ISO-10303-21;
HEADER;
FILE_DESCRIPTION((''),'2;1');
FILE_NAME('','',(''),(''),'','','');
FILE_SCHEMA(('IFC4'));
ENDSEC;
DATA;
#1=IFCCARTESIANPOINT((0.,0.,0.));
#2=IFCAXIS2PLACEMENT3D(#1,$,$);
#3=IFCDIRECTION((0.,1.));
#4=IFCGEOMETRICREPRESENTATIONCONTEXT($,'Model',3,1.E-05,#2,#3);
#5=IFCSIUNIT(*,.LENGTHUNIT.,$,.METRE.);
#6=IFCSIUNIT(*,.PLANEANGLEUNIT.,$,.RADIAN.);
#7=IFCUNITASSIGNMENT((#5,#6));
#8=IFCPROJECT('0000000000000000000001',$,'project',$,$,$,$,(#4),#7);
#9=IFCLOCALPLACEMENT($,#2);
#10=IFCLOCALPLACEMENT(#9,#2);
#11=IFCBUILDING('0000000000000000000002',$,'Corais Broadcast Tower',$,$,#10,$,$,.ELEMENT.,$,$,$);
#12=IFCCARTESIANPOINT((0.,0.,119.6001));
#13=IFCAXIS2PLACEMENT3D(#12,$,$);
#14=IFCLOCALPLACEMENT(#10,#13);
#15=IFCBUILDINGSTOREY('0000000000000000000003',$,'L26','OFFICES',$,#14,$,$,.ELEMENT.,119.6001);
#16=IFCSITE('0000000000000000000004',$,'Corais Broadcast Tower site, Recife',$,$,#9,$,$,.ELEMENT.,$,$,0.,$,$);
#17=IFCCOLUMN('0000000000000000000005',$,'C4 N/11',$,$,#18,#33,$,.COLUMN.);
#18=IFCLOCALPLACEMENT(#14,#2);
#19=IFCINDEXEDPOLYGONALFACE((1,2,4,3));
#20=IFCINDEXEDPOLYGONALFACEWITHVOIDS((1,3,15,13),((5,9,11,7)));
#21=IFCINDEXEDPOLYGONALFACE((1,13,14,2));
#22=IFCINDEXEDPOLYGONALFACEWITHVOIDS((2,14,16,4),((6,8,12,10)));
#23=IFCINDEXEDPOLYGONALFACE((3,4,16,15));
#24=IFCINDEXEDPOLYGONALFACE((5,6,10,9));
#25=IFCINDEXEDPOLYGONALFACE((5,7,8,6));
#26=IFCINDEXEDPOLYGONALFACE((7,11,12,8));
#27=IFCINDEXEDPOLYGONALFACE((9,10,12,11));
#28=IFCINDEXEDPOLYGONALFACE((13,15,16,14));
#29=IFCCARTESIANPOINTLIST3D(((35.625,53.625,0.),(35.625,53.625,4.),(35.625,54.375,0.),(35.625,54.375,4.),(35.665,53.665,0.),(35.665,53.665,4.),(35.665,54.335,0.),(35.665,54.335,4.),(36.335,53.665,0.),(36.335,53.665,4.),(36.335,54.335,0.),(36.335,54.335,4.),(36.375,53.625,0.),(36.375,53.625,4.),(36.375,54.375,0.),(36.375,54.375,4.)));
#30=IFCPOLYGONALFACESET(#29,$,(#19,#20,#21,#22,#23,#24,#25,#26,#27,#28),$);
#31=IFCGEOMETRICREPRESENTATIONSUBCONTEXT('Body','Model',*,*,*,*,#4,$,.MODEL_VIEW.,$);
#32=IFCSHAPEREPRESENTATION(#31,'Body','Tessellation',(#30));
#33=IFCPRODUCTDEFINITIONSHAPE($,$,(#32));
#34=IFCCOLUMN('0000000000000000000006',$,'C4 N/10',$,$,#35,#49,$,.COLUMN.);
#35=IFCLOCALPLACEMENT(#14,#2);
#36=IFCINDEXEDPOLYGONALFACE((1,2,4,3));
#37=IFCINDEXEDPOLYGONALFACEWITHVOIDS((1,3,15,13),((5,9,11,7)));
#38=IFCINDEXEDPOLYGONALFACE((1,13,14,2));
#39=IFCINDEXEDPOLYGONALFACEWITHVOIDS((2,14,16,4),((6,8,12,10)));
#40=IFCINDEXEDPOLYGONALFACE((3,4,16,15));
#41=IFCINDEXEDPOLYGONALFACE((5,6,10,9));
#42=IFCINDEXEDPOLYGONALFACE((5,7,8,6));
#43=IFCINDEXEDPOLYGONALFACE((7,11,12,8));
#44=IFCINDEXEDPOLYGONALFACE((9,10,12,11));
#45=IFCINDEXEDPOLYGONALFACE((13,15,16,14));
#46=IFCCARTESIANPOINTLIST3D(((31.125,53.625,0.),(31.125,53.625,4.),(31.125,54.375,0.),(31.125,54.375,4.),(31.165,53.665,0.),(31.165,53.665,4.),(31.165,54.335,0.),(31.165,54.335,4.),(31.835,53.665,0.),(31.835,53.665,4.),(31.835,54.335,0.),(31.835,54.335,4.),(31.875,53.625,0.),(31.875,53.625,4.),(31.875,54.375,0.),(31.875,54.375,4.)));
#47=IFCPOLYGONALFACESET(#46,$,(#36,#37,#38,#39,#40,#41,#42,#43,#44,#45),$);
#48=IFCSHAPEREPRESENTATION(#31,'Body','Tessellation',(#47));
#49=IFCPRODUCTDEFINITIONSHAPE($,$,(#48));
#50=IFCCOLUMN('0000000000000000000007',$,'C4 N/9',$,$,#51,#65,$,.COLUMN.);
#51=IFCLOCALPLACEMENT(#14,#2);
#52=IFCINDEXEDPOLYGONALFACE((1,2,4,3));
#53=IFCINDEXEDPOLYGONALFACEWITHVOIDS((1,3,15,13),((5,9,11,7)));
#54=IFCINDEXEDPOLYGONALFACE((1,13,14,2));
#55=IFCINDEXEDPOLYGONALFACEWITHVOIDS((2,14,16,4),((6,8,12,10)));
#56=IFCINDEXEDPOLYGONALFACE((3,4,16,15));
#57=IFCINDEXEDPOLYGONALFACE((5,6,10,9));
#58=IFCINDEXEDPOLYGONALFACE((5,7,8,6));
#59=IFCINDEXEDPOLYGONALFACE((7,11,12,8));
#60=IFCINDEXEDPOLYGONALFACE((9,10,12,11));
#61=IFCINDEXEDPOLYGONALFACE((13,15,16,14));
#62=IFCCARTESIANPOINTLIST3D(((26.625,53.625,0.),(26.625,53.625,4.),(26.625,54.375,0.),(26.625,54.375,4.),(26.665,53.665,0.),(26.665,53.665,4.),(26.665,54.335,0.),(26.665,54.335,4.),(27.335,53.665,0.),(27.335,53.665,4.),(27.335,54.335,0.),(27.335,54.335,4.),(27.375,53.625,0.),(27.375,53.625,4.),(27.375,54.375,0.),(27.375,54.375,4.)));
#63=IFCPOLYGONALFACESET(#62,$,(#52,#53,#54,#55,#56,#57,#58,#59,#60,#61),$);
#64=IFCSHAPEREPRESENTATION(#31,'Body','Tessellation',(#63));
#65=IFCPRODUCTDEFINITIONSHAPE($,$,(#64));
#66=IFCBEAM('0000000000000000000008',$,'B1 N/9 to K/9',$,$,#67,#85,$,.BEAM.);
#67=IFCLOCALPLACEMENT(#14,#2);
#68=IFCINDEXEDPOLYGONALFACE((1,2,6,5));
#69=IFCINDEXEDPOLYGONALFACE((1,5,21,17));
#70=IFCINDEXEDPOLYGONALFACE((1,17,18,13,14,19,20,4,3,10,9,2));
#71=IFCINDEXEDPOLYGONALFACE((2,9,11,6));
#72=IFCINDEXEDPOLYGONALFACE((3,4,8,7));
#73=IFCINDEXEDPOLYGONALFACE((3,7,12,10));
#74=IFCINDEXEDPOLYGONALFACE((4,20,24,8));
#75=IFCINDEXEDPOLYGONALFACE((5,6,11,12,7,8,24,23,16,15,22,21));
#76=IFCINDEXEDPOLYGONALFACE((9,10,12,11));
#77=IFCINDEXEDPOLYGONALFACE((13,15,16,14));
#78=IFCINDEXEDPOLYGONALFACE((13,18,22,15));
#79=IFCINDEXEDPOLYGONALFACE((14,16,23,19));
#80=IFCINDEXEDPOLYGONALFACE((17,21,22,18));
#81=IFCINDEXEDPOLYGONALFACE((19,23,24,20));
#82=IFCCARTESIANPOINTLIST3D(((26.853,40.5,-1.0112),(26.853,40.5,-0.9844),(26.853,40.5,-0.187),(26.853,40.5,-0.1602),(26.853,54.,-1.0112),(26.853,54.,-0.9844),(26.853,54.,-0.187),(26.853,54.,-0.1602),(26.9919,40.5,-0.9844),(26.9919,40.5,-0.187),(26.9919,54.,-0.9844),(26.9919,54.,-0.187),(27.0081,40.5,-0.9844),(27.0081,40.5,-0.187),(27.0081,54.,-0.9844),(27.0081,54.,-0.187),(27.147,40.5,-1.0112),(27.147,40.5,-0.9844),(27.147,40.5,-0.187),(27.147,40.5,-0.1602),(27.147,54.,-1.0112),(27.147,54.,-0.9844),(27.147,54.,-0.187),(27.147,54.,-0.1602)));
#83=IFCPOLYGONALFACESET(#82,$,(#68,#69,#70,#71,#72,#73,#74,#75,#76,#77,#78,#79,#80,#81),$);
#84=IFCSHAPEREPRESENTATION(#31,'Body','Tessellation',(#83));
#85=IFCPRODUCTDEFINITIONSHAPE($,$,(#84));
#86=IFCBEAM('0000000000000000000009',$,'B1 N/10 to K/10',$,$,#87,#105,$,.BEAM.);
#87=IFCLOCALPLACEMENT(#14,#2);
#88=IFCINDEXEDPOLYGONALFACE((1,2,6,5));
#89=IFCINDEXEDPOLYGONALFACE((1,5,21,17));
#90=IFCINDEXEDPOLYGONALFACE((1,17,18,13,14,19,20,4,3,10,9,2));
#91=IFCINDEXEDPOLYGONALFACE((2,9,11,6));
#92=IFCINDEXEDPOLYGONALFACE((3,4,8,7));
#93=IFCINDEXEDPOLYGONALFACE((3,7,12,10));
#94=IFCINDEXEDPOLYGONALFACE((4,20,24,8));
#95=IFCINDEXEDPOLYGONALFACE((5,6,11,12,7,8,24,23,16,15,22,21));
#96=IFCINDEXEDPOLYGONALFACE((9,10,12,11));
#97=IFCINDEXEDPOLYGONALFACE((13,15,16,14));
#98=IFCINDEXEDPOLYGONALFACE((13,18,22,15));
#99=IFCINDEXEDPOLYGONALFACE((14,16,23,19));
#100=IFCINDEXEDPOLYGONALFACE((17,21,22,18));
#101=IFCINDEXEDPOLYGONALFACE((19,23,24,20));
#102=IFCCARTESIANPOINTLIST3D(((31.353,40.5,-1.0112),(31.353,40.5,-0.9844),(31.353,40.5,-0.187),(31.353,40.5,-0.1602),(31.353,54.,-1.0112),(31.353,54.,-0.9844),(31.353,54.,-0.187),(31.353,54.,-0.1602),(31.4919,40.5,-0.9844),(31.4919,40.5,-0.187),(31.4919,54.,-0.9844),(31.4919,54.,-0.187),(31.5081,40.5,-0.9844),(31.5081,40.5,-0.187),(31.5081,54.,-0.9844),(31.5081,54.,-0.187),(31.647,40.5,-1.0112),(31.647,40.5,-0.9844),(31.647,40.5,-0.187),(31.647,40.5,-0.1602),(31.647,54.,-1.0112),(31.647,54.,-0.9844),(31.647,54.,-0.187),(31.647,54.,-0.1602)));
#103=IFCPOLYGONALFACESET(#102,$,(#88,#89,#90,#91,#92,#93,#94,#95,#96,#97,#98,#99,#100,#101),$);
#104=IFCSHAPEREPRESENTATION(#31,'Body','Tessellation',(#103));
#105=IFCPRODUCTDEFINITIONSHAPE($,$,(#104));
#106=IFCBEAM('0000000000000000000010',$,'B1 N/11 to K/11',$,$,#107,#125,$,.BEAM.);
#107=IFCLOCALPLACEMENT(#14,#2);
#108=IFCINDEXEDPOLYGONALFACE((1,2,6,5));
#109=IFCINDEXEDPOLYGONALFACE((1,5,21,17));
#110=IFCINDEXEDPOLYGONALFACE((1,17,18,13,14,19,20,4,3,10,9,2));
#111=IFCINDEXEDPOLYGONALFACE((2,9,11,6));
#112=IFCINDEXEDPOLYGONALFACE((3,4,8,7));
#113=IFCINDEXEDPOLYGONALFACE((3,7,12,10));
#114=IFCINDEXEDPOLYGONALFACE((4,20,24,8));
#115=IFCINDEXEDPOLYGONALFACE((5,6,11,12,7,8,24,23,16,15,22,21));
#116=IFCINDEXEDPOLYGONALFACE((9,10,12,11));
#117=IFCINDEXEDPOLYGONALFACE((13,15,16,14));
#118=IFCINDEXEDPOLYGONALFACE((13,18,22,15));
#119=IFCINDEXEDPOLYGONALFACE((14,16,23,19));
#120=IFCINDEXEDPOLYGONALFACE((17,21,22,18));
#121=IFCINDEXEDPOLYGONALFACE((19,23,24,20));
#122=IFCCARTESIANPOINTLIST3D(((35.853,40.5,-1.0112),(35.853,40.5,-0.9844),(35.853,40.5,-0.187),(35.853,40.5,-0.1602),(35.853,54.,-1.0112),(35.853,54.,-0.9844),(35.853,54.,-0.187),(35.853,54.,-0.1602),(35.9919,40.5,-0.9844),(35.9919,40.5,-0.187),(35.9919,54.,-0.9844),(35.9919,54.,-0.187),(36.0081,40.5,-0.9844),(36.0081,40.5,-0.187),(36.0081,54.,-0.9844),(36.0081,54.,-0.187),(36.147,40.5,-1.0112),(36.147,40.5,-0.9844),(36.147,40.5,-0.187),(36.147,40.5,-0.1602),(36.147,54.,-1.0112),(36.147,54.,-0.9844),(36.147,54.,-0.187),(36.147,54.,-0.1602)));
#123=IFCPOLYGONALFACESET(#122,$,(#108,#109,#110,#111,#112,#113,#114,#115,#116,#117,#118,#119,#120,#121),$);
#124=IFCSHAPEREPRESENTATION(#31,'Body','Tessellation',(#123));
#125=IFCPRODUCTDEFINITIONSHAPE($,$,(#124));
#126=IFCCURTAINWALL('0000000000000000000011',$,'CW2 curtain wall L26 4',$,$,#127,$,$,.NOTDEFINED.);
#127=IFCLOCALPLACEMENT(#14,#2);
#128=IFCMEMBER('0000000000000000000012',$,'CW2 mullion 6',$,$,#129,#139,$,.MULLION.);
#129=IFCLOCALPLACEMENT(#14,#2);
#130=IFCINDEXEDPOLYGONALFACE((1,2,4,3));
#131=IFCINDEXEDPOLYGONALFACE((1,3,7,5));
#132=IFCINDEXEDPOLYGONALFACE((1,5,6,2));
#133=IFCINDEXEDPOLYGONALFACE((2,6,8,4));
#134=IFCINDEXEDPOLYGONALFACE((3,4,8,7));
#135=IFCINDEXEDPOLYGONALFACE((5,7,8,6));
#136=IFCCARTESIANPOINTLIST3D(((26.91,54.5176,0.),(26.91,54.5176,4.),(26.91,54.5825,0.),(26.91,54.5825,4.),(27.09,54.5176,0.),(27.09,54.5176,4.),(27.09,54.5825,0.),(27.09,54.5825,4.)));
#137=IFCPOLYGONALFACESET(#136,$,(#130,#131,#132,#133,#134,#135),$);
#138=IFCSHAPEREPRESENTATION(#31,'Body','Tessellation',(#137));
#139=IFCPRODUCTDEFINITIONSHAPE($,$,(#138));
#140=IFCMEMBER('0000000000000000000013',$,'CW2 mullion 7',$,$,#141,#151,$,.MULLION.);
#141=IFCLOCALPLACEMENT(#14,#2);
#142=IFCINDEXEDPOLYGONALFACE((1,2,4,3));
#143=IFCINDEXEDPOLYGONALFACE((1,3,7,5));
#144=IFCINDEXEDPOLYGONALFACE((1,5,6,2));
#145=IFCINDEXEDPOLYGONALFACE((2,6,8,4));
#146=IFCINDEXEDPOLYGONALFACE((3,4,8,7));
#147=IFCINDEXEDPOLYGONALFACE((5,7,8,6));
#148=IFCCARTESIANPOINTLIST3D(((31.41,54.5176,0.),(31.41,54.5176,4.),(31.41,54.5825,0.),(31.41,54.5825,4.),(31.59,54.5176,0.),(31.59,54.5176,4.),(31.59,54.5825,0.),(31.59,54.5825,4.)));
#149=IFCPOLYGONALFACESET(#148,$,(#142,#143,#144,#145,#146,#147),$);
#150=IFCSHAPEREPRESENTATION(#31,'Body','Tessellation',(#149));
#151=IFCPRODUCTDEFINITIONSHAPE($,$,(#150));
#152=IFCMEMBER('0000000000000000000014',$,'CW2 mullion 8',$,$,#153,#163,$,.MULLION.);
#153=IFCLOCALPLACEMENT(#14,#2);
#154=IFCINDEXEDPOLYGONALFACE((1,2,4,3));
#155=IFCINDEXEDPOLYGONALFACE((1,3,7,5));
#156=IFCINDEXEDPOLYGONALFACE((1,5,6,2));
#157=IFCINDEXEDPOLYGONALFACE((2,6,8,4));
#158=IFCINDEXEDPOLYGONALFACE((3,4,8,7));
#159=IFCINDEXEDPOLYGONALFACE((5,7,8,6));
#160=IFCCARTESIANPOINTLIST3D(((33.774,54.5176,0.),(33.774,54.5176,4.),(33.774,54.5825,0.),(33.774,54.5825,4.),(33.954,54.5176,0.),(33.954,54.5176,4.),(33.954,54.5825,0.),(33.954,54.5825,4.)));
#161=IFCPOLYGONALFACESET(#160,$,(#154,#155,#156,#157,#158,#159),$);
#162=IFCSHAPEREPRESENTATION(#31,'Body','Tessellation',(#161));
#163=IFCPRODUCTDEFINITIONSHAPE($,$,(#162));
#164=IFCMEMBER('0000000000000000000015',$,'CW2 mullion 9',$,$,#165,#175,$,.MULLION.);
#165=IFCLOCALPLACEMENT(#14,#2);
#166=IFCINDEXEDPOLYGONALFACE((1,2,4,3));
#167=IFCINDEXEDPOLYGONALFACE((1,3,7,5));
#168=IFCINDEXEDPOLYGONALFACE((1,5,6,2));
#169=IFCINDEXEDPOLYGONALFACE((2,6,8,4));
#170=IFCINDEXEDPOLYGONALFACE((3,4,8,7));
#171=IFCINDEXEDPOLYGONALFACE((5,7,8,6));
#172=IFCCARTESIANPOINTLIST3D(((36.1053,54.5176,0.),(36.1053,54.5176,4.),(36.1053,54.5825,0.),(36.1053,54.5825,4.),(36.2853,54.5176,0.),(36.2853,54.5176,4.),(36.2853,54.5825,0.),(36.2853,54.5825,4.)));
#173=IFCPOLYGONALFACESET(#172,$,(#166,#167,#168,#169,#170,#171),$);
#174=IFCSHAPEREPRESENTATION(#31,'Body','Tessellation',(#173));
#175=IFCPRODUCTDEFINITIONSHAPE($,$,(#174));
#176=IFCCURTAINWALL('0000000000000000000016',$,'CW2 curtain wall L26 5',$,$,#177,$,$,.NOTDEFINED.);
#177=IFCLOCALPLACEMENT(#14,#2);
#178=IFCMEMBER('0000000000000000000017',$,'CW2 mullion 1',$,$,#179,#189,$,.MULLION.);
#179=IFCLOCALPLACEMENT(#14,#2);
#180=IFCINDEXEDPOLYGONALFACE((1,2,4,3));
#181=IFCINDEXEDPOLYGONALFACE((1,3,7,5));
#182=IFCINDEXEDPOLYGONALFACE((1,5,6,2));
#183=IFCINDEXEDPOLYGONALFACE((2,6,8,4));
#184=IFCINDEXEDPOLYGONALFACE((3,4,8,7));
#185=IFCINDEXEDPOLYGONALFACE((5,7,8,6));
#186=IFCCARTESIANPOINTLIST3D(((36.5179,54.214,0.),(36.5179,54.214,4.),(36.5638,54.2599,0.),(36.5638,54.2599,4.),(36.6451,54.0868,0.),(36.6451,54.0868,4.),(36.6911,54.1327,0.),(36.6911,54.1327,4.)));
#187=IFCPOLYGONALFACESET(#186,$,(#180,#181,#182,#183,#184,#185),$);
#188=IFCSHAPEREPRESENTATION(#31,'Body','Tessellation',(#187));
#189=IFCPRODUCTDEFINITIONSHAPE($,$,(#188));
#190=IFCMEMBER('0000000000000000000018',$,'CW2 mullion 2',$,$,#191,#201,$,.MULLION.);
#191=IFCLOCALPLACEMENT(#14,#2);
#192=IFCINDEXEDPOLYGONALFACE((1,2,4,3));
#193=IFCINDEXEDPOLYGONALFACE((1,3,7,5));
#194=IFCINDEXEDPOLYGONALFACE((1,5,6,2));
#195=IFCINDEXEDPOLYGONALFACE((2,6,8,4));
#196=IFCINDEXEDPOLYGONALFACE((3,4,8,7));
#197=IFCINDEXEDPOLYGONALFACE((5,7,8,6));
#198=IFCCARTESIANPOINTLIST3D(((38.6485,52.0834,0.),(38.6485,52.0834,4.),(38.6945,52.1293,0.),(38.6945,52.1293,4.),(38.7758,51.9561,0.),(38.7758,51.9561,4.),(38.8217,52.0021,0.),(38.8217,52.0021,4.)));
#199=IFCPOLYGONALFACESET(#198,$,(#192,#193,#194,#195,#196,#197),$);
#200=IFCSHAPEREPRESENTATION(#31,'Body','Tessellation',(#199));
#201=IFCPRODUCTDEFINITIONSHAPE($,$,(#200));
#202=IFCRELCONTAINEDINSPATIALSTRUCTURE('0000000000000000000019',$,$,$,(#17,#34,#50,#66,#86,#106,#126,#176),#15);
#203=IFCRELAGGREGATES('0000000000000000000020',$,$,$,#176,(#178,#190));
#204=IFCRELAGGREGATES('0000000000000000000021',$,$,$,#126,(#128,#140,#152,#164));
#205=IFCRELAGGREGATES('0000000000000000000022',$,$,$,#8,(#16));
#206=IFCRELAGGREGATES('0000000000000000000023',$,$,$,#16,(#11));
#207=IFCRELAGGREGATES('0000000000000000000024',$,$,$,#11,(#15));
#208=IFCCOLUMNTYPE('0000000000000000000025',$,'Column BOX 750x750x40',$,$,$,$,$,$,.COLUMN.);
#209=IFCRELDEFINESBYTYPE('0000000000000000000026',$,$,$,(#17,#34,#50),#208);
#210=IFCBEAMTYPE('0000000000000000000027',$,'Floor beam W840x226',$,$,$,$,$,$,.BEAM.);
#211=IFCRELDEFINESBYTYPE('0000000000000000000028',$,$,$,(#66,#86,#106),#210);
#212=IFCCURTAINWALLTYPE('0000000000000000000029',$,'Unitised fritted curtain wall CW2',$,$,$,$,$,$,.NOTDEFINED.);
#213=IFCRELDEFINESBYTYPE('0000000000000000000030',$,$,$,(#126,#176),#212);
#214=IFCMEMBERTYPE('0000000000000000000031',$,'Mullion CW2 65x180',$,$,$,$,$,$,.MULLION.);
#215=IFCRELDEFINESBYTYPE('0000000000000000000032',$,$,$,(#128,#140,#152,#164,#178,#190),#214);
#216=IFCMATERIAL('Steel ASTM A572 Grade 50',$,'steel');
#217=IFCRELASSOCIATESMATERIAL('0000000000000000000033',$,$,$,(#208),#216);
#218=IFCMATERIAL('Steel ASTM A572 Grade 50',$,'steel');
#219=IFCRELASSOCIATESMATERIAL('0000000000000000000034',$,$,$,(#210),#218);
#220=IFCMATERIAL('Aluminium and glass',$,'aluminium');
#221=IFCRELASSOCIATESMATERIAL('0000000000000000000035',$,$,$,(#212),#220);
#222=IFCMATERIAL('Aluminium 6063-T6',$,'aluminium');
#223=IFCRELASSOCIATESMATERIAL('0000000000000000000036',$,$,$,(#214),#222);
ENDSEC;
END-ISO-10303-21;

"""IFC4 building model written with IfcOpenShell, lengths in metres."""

from ifc_helpers import new_model, si_unit, direction, frame, origin, origin_2d, place, context, subcontext, project, spatial, rectangle, hollow_rectangle, i_section, extrude, material, material_profile, profile_set, type_object, element, aggregate, save


model = new_model("IFC4")

# Units and contexts
model_context = context("Model", 3, precision=1e-05, world=origin(), true_north=direction((0.0, 1.0)))
body_context = subcontext(model_context, "Body", "Model", "MODEL_VIEW")
ifc_project = project(units=[si_unit("LENGTHUNIT", "METRE"), si_unit("PLANEANGLEUNIT", "RADIAN")], contexts=[model_context])

# Site, building, storey
site_placement = place(None, origin())
site = spatial("IfcSite", under=ifc_project, at=site_placement, Name="Corais Broadcast Tower site, Recife", CompositionType="ELEMENT", RefElevation=0.0)
building_placement = place(site_placement, origin())
building = spatial("IfcBuilding", under=site, at=building_placement, Name="Corais Broadcast Tower", CompositionType="ELEMENT")
storey_placement = place(building_placement, frame((0.0, 0.0, 119.6001)))
storey = spatial("IfcBuildingStorey", under=building, at=storey_placement, Name="L26", Description="OFFICES", CompositionType="ELEMENT", Elevation=119.6001)

# Columns
ifc_material_1 = material(Name="Steel ASTM A572 Grade 50", Category="steel")
ifc_material_profile_1 = material_profile(ifc_material_1, hollow_rectangle(XDim=0.75, YDim=0.75, WallThickness=0.04, at=origin_2d()), Name="BOX 750x750x40")
ifc_profile_set_1 = profile_set([ifc_material_profile_1], Name="Steel ASTM A572 Grade 50")
column_type = type_object("IfcColumnType", Name="Column BOX 750x750x40", PredefinedType="COLUMN", material=ifc_profile_set_1)
for number, where, z_axis, x_axis, name in (
    (1, (36.0, 54.0, 0.0), (0.0, 0.0, 1.0), (1.0, 0.0, 0.0), "C4 N/11"),
    (2, (31.5, 54.0, 0.0), (0.0, 0.0, 1.0), (1.0, 0.0, 0.0), "C4 N/10"),
    (3, (27.0, 54.0, 0.0), (0.0, 0.0, 1.0), (1.0, 0.0, 0.0), "C4 N/9"),
):
    element("IfcColumn", number, at=place(storey_placement, frame(where, z_axis=z_axis, x_axis=x_axis)), inside=storey, type_object=column_type, Name=name, PredefinedType="COLUMN", context=body_context, shape_type="SweptSolid", body=[
        extrude(hollow_rectangle(XDim=0.75, YDim=0.75, WallThickness=0.04, at=origin_2d()), origin(), (0.0, 0.0, 1.0), 4.0),
    ])

# Beams
ifc_material_2 = material(Name="Steel ASTM A572 Grade 50", Category="steel")
ifc_material_profile_2 = material_profile(ifc_material_2, i_section(OverallWidth=0.2939, OverallDepth=0.8511, WebThickness=0.0161, FlangeThickness=0.0269, at=origin_2d()), Name="W840x226")
ifc_profile_set_2 = profile_set([ifc_material_profile_2], Name="Steel ASTM A572 Grade 50")
beam_type_1 = type_object("IfcBeamType", Name="Floor beam W840x226", PredefinedType="BEAM", material=ifc_profile_set_2)
for number, where, z_axis, x_axis, name in (
    (4, (27.0, 54.0, -0.5857), (0.0, -1.0, 0.0), (1.0, 0.0, 0.0), "B1 N/9 to K/9"),
    (5, (31.5, 54.0, -0.5857), (0.0, -1.0, 0.0), (1.0, 0.0, 0.0), "B1 N/10 to K/10"),
    (6, (36.0, 54.0, -0.5857), (0.0, -1.0, 0.0), (1.0, 0.0, 0.0), "B1 N/11 to K/11"),
):
    element("IfcBeam", number, at=place(storey_placement, frame(where, z_axis=z_axis, x_axis=x_axis)), inside=storey, type_object=beam_type_1, Name=name, PredefinedType="BEAM", context=body_context, shape_type="SweptSolid", body=[
        extrude(i_section(OverallWidth=0.2939, OverallDepth=0.8511, WebThickness=0.0161, FlangeThickness=0.0269, at=origin_2d()), origin(), (0.0, 0.0, 1.0), 13.5),
    ])

# Curtain walls, members
ifc_material_3 = material(Name="Aluminium and glass", Category="aluminium")
curtain_wall_type = type_object("IfcCurtainWallType", Name="Unitised fritted curtain wall CW2", PredefinedType="NOTDEFINED", material=ifc_material_3)
curtain_wall_1_placement = place(storey_placement, origin())
curtain_wall_1 = element("IfcCurtainWall", 7, at=curtain_wall_1_placement, inside=storey, type_object=curtain_wall_type, Name="CW2 curtain wall L26 4", PredefinedType="NOTDEFINED")
ifc_material_4 = material(Name="Aluminium 6063-T6", Category="aluminium")
ifc_material_profile_3 = material_profile(ifc_material_4, rectangle(XDim=0.0649, YDim=0.1799, at=origin_2d()), Name="Mullion CW2 65x180")
ifc_profile_set_3 = profile_set([ifc_material_profile_3], Name="Aluminium 6063-T6")
member_type_1 = type_object("IfcMemberType", Name="Mullion CW2 65x180", PredefinedType="MULLION", material=ifc_profile_set_3)
member_1_placement = place(storey_placement, frame((27.0, 54.55, 0.0), z_axis=(0.0, 0.0, 1.0), x_axis=(0.0, 1.0, 0.0)))
member_1 = element("IfcMember", 8, at=member_1_placement, type_object=member_type_1, Name="CW2 mullion 6", PredefinedType="MULLION", context=body_context, shape_type="SweptSolid", body=[
    extrude(rectangle(XDim=0.0649, YDim=0.1799, at=origin_2d()), origin(), (0.0, 0.0, 1.0), 4.0),
])
member_2_placement = place(storey_placement, frame((31.5, 54.55, 0.0), z_axis=(0.0, 0.0, 1.0), x_axis=(0.0, 1.0, 0.0)))
member_2 = element("IfcMember", 9, at=member_2_placement, type_object=member_type_1, Name="CW2 mullion 7", PredefinedType="MULLION", context=body_context, shape_type="SweptSolid", body=[
    extrude(rectangle(XDim=0.0649, YDim=0.1799, at=origin_2d()), origin(), (0.0, 0.0, 1.0), 4.0),
])
member_3_placement = place(storey_placement, frame((33.864, 54.55, 0.0), z_axis=(0.0, 0.0, 1.0), x_axis=(0.0, 1.0, 0.0)))
member_3 = element("IfcMember", 10, at=member_3_placement, type_object=member_type_1, Name="CW2 mullion 8", PredefinedType="MULLION", context=body_context, shape_type="SweptSolid", body=[
    extrude(rectangle(XDim=0.0649, YDim=0.1799, at=origin_2d()), origin(), (0.0, 0.0, 1.0), 4.0),
])
member_4_placement = place(storey_placement, frame((36.1953, 54.55, 0.0), z_axis=(0.0, 0.0, 1.0), x_axis=(0.0, 1.0, 0.0)))
member_4 = element("IfcMember", 11, at=member_4_placement, type_object=member_type_1, Name="CW2 mullion 9", PredefinedType="MULLION", context=body_context, shape_type="SweptSolid", body=[
    extrude(rectangle(XDim=0.0649, YDim=0.1799, at=origin_2d()), origin(), (0.0, 0.0, 1.0), 4.0),
])
curtain_wall_2_placement = place(storey_placement, origin())
curtain_wall_2 = element("IfcCurtainWall", 12, at=curtain_wall_2_placement, inside=storey, type_object=curtain_wall_type, Name="CW2 curtain wall L26 5", PredefinedType="NOTDEFINED")
member_5_placement = place(storey_placement, frame((36.6045, 54.1733, 0.0), z_axis=(0.0, 0.0, 1.0), x_axis=(0.707107, 0.707107, 0.0)))
member_5 = element("IfcMember", 13, at=member_5_placement, type_object=member_type_1, Name="CW2 mullion 1", PredefinedType="MULLION", context=body_context, shape_type="SweptSolid", body=[
    extrude(rectangle(XDim=0.0649, YDim=0.1799, at=origin_2d()), origin(), (0.0, 0.0, 1.0), 4.0),
])
member_6_placement = place(storey_placement, frame((38.7351, 52.0427, 0.0), z_axis=(0.0, 0.0, 1.0), x_axis=(0.707107, 0.707107, 0.0)))
member_6 = element("IfcMember", 14, at=member_6_placement, type_object=member_type_1, Name="CW2 mullion 2", PredefinedType="MULLION", context=body_context, shape_type="SweptSolid", body=[
    extrude(rectangle(XDim=0.0649, YDim=0.1799, at=origin_2d()), origin(), (0.0, 0.0, 1.0), 4.0),
])

aggregate(curtain_wall_2, [member_5, member_6])
aggregate(curtain_wall_1, [member_1, member_2, member_3, member_4])

save(model, "model.ifc")
